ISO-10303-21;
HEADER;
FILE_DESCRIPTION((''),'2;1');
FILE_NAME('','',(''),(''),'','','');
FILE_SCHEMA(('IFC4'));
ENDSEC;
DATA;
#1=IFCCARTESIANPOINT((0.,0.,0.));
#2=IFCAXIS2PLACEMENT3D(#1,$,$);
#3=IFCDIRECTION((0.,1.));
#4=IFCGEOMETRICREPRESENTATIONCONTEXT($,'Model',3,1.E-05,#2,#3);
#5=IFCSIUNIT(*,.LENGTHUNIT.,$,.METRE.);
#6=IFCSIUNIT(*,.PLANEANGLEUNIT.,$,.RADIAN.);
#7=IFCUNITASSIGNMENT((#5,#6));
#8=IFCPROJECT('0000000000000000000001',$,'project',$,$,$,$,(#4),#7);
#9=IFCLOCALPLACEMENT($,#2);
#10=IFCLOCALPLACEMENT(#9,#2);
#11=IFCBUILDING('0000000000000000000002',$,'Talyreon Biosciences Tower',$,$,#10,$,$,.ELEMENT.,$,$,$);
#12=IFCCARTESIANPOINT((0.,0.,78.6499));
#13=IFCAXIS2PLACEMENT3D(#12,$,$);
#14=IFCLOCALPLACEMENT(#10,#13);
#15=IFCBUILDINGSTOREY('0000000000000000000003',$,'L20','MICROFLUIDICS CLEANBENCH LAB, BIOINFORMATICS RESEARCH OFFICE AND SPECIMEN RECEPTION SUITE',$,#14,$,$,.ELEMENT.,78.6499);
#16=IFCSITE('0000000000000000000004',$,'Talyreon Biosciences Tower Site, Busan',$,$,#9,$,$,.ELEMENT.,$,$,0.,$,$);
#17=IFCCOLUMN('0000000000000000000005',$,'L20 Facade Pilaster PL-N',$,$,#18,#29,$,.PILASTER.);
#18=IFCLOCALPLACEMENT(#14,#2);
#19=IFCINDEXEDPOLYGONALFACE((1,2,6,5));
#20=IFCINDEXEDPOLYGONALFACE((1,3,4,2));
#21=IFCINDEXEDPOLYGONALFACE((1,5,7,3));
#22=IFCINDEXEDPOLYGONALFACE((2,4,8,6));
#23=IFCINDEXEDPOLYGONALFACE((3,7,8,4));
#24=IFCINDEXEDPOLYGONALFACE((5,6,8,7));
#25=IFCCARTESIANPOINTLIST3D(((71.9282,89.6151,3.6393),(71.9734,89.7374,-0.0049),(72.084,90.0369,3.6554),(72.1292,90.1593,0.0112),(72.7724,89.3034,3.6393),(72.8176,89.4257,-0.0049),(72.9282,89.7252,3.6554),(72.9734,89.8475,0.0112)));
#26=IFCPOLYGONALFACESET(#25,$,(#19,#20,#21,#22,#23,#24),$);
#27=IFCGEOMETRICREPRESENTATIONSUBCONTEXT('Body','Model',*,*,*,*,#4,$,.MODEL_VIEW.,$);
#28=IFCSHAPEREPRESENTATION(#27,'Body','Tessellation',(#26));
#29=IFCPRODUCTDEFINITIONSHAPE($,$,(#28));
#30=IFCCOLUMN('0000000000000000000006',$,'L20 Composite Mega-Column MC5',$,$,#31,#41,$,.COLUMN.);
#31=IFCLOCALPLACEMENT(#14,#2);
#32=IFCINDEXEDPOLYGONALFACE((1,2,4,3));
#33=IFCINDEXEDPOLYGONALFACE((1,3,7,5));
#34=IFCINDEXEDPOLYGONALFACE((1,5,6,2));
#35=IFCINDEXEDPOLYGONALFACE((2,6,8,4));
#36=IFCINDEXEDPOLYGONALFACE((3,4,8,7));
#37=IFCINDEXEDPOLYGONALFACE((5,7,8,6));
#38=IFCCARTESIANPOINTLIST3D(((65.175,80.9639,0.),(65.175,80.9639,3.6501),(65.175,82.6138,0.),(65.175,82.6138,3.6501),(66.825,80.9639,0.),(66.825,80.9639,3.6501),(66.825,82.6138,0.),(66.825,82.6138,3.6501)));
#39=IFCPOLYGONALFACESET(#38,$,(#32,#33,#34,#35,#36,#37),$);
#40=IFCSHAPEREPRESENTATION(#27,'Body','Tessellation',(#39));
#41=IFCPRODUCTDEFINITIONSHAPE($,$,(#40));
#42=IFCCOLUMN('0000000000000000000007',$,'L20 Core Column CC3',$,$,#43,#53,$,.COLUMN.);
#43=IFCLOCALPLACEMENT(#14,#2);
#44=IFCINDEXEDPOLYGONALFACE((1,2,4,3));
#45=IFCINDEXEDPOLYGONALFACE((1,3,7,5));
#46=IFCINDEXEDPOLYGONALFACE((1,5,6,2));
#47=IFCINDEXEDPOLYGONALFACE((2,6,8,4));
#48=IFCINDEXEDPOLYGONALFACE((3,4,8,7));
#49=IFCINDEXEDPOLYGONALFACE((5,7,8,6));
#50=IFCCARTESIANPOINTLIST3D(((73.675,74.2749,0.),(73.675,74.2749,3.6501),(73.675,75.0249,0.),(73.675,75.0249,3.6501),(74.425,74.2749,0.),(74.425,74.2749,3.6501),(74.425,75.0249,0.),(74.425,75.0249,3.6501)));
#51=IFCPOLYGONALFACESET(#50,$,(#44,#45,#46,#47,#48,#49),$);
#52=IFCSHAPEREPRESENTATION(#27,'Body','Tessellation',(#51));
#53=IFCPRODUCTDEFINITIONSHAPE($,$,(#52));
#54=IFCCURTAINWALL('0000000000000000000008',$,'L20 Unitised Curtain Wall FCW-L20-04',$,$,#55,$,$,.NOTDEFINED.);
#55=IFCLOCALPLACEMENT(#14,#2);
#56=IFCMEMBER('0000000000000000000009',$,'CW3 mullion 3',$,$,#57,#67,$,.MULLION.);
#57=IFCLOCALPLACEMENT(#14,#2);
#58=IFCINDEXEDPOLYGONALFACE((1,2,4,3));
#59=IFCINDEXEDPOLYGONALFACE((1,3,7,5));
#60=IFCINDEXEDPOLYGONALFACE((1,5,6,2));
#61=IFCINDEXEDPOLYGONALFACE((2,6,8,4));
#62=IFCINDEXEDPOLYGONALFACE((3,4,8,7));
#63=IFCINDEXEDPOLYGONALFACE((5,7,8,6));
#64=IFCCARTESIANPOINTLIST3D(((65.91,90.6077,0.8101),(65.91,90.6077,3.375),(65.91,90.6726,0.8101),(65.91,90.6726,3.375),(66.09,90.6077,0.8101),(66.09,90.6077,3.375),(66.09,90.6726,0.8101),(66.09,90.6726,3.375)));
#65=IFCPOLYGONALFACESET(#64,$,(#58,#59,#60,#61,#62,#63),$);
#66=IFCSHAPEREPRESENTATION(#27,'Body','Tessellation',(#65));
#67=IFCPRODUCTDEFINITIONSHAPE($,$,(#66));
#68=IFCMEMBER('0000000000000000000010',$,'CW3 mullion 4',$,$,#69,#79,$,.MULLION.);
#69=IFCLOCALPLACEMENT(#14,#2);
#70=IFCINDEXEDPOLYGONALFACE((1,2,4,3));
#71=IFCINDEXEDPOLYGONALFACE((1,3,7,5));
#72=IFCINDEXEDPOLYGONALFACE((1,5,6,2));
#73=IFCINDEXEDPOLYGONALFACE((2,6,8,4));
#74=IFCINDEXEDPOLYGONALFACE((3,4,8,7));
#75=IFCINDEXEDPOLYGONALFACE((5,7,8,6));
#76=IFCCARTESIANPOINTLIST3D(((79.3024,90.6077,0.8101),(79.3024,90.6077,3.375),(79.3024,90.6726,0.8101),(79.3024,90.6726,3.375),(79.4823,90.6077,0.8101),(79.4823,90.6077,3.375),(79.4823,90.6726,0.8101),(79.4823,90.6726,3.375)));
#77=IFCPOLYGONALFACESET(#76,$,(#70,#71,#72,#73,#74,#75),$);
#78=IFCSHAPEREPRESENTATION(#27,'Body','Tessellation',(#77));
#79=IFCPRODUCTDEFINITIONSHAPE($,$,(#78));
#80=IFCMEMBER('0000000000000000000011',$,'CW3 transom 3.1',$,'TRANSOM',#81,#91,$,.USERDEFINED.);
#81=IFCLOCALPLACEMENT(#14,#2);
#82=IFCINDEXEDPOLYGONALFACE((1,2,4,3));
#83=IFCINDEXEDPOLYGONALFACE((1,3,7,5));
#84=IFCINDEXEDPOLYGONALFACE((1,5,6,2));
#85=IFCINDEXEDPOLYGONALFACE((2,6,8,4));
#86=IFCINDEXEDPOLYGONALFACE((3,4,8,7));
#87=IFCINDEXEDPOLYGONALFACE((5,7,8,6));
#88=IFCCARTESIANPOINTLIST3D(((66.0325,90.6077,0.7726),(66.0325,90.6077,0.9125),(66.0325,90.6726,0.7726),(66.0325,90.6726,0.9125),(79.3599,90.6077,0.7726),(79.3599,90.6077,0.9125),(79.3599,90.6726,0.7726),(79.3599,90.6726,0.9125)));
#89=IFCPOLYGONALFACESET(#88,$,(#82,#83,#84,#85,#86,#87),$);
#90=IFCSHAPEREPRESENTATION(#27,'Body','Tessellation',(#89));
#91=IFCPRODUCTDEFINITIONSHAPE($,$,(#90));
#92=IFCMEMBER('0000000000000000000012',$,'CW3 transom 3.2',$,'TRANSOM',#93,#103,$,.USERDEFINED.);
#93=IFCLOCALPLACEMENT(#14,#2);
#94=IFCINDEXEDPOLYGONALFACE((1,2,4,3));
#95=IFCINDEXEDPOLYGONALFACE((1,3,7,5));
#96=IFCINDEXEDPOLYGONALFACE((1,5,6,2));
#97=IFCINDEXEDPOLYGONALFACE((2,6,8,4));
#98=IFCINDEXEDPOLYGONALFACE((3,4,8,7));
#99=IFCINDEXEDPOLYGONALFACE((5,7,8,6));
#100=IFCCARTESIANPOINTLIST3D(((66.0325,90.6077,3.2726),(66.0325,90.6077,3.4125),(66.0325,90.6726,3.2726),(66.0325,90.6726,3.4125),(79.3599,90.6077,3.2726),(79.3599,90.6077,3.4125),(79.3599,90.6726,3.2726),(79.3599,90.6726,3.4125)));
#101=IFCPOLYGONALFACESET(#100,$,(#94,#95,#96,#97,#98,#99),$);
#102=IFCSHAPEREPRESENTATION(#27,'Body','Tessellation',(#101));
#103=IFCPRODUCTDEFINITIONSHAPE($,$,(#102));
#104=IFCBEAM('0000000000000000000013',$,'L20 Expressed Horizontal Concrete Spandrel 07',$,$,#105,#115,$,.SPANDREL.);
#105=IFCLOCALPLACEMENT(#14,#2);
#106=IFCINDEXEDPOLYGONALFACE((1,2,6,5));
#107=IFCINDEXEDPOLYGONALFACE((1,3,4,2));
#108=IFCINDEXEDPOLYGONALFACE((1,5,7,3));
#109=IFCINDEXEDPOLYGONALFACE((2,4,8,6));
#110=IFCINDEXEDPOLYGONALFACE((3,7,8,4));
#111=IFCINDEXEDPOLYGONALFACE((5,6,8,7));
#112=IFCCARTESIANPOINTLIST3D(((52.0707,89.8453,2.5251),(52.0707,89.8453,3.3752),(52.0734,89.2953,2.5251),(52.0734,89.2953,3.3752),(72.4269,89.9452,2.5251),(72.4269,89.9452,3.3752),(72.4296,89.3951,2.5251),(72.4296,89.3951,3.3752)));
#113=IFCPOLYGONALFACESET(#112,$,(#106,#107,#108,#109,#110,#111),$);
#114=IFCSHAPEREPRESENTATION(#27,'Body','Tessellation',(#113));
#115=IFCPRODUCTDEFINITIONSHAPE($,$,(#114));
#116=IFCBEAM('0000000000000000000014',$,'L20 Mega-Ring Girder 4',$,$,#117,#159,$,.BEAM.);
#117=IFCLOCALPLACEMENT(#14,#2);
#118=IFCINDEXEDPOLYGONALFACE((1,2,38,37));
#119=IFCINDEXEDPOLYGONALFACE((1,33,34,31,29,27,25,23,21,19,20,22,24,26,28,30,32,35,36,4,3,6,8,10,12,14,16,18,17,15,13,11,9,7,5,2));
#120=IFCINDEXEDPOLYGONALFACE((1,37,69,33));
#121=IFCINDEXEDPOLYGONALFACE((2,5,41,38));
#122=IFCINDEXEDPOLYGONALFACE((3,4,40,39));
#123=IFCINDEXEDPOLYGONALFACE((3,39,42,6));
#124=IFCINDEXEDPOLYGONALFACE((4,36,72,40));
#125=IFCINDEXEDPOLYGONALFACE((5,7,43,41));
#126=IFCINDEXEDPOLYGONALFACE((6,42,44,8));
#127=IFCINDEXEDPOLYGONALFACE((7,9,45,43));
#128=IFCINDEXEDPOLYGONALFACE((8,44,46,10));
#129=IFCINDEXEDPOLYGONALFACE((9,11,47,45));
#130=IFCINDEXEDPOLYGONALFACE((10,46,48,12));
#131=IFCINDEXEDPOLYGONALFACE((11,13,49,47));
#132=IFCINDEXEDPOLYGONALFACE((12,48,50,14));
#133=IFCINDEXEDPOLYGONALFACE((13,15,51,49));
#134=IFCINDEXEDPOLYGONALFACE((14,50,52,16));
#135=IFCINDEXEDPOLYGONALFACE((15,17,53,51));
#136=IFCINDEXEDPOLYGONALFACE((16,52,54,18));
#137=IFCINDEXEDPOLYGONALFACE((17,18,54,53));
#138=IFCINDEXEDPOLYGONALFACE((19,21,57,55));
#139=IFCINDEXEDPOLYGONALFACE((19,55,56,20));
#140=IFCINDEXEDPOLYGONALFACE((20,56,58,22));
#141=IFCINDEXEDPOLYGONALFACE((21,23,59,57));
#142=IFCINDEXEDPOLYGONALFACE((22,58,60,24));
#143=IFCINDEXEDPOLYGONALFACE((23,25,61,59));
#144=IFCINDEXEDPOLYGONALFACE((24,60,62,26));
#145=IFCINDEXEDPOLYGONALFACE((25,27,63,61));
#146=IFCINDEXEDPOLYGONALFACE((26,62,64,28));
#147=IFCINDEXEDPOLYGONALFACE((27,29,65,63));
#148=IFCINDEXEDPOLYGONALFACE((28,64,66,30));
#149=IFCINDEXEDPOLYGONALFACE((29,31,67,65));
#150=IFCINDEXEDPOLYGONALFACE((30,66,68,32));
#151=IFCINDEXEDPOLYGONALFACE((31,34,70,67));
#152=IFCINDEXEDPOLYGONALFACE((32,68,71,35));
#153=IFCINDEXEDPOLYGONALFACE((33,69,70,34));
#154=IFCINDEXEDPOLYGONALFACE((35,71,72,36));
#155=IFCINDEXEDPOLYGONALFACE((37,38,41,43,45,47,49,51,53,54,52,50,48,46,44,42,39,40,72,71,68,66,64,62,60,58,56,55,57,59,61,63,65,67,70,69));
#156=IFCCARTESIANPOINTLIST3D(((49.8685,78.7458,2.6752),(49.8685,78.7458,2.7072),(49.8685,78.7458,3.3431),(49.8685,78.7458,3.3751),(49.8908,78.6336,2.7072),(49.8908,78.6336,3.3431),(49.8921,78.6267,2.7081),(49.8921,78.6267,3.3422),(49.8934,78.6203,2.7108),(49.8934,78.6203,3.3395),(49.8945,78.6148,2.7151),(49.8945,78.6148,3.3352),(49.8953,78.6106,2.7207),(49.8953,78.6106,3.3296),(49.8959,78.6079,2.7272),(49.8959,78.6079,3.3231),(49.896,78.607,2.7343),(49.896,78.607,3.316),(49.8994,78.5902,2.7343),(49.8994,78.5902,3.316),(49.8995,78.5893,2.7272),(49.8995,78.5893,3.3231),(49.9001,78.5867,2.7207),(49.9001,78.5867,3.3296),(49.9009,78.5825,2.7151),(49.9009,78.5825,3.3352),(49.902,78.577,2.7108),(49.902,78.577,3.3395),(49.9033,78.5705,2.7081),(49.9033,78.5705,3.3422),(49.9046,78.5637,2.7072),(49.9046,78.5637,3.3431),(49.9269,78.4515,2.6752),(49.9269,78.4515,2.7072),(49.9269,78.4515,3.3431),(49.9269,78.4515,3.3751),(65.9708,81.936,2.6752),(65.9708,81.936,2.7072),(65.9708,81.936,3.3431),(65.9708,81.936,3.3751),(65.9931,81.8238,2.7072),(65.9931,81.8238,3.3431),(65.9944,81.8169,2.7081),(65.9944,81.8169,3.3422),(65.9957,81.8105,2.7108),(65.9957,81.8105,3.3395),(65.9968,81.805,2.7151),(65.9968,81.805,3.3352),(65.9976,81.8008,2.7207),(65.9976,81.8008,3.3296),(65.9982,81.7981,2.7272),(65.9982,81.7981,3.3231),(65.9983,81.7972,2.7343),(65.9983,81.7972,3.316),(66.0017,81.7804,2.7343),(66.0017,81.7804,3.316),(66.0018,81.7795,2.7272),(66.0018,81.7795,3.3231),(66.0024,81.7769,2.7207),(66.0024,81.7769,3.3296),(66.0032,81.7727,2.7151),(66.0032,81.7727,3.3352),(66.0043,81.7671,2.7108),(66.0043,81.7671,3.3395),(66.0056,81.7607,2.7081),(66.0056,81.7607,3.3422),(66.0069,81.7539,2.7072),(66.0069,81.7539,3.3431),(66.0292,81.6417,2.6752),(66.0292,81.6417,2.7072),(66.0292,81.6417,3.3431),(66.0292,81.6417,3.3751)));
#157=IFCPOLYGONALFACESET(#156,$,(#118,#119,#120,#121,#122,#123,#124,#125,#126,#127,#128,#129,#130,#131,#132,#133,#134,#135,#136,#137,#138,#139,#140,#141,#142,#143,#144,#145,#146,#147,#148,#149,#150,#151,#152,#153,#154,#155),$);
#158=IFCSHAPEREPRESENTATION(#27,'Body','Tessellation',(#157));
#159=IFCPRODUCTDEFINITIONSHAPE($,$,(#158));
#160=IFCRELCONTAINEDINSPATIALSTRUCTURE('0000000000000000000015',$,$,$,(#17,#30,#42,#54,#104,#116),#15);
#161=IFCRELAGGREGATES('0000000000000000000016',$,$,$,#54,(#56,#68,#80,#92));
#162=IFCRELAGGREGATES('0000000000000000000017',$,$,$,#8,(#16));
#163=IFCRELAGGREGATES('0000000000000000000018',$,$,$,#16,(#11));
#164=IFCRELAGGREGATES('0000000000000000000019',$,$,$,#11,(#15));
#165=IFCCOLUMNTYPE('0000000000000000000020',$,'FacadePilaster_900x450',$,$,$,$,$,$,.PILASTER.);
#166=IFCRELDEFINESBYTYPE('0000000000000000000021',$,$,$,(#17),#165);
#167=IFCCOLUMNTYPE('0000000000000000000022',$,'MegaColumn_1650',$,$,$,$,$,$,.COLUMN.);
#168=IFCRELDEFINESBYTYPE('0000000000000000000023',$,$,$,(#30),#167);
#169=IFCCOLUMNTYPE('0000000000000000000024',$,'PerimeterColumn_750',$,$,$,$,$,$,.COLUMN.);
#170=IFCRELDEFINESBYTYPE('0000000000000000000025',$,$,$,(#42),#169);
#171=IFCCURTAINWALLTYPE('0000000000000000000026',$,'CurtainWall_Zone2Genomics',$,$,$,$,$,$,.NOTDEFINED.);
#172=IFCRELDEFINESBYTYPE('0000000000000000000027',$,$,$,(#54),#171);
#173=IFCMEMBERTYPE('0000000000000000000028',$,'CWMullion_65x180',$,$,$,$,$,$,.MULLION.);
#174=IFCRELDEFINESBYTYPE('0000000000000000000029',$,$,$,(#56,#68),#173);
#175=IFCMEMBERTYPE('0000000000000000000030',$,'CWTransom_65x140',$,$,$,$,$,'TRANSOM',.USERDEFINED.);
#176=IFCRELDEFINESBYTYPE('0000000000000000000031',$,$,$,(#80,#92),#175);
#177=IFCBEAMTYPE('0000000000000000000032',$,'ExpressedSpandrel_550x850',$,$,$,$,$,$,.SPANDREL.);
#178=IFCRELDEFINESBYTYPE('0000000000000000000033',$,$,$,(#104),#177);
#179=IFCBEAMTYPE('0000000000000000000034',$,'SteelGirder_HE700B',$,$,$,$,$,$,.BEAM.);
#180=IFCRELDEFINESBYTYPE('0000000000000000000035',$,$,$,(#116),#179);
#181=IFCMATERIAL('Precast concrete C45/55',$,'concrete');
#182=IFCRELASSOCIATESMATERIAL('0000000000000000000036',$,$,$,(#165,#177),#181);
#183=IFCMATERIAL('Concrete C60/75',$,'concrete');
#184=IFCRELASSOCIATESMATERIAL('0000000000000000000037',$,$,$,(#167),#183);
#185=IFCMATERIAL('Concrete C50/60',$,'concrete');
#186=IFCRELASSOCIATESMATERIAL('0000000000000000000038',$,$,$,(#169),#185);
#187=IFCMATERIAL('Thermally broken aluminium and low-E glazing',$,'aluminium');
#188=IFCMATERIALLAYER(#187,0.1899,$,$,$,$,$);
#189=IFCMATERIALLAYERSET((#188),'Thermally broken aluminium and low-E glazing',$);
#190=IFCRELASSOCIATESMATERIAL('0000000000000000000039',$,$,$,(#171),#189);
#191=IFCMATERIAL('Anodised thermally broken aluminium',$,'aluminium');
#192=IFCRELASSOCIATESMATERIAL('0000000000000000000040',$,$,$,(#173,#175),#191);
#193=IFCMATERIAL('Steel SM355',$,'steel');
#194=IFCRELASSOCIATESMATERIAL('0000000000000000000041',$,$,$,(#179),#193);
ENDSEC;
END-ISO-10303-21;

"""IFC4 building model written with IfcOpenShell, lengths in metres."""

from ifc_helpers import new_model, si_unit, direction, frame, origin, origin_2d, place, context, subcontext, project, spatial, rectangle, i_section, extrude, material, layer, layer_set, material_profile, profile_set, type_object, element, aggregate, save


model = new_model("IFC4")

# Units and contexts
model_context = context("Model", 3, precision=1e-05, world=origin(), true_north=direction((0.0, 1.0)))
body_context = subcontext(model_context, "Body", "Model", "MODEL_VIEW")
ifc_project = project(units=[si_unit("LENGTHUNIT", "METRE"), si_unit("PLANEANGLEUNIT", "RADIAN")], contexts=[model_context])

# Site, building, storey
site_placement = place(None, origin())
site = spatial("IfcSite", under=ifc_project, at=site_placement, Name="Talyreon Biosciences Tower Site, Busan", CompositionType="ELEMENT", RefElevation=0.0)
building_placement = place(site_placement, origin())
building = spatial("IfcBuilding", under=site, at=building_placement, Name="Talyreon Biosciences Tower", CompositionType="ELEMENT")
storey_placement = place(building_placement, frame((0.0, 0.0, 78.6499)))
storey = spatial("IfcBuildingStorey", under=building, at=storey_placement, Name="L20", Description="MICROFLUIDICS CLEANBENCH LAB, BIOINFORMATICS RESEARCH OFFICE AND SPECIMEN RECEPTION SUITE", CompositionType="ELEMENT", Elevation=78.6499)

# Columns
ifc_material_1 = material(Name="Precast concrete C45/55", Category="concrete")
ifc_material_profile_1 = material_profile(ifc_material_1, rectangle(XDim=0.8999, YDim=0.45, at=origin_2d()), Name="RC 900x450")
ifc_profile_set_1 = profile_set([ifc_material_profile_1], Name="Precast concrete C45/55")
column_type_1 = type_object("IfcColumnType", Name="FacadePilaster_900x450", PredefinedType="PILASTER", material=ifc_profile_set_1)
column_1_placement = place(storey_placement, frame((72.4734, 89.7925, 0.0032), z_axis=(-0.012387, -0.033544, 0.99936), x_axis=(-0.938087, 0.346399, 0.0)))
element("IfcColumn", 1, at=column_1_placement, inside=storey, type_object=column_type_1, Name="L20 Facade Pilaster PL-N", PredefinedType="PILASTER", context=body_context, shape_type="SweptSolid", body=[
    extrude(rectangle(XDim=0.8999, YDim=0.45, at=origin_2d()), origin(), (0.0, 0.0, 1.0), 3.6465),
])
ifc_material_2 = material(Name="Concrete C60/75", Category="concrete")
ifc_material_profile_2 = material_profile(ifc_material_2, rectangle(XDim=1.6499, YDim=1.6499, at=origin_2d()), Name="RC 1650x1650")
ifc_profile_set_2 = profile_set([ifc_material_profile_2], Name="Concrete C60/75")
column_type_2 = type_object("IfcColumnType", Name="MegaColumn_1650", PredefinedType="COLUMN", material=ifc_profile_set_2)
column_2_placement = place(storey_placement, frame((66.0, 81.7888, 0.0), z_axis=(0.0, 0.0, 1.0), x_axis=(1.0, 0.0, 0.0)))
element("IfcColumn", 2, at=column_2_placement, inside=storey, type_object=column_type_2, Name="L20 Composite Mega-Column MC5", PredefinedType="COLUMN", context=body_context, shape_type="SweptSolid", body=[
    extrude(rectangle(XDim=1.6499, YDim=1.6499, at=origin_2d()), origin(), (0.0, 0.0, 1.0), 3.6501),
])
ifc_material_3 = material(Name="Concrete C50/60", Category="concrete")
ifc_material_profile_3 = material_profile(ifc_material_3, rectangle(XDim=0.75, YDim=0.75, at=origin_2d()), Name="RC 750x750")
ifc_profile_set_3 = profile_set([ifc_material_profile_3], Name="Concrete C50/60")
column_type_3 = type_object("IfcColumnType", Name="PerimeterColumn_750", PredefinedType="COLUMN", material=ifc_profile_set_3)
column_3_placement = place(storey_placement, frame((74.05, 74.6499, 0.0), z_axis=(0.0, 0.0, 1.0), x_axis=(1.0, 0.0, 0.0)))
element("IfcColumn", 3, at=column_3_placement, inside=storey, type_object=column_type_3, Name="L20 Core Column CC3", PredefinedType="COLUMN", context=body_context, shape_type="SweptSolid", body=[
    extrude(rectangle(XDim=0.75, YDim=0.75, at=origin_2d()), origin(), (0.0, 0.0, 1.0), 3.6501),
])

# Curtain wall, members
ifc_material_4 = material(Name="Thermally broken aluminium and low-E glazing", Category="aluminium")
ifc_layer_1 = layer(ifc_material_4, 0.1899)
ifc_layer_set_1 = layer_set([ifc_layer_1], Name="Thermally broken aluminium and low-E glazing")
curtain_wall_type = type_object("IfcCurtainWallType", Name="CurtainWall_Zone2Genomics", PredefinedType="NOTDEFINED", material=ifc_layer_set_1)
curtain_wall_placement = place(storey_placement, origin())
curtain_wall = element("IfcCurtainWall", 4, at=curtain_wall_placement, inside=storey, type_object=curtain_wall_type, Name="L20 Unitised Curtain Wall FCW-L20-04", PredefinedType="NOTDEFINED")
ifc_material_5 = material(Name="Anodised thermally broken aluminium", Category="aluminium")
ifc_material_profile_4 = material_profile(ifc_material_5, rectangle(XDim=0.0649, YDim=0.1799, at=origin_2d()), Name="ALUM MULLION 65x180")
ifc_profile_set_4 = profile_set([ifc_material_profile_4], Name="Anodised thermally broken aluminium")
member_type_1 = type_object("IfcMemberType", Name="CWMullion_65x180", PredefinedType="MULLION", material=ifc_profile_set_4)
member_1_placement = place(storey_placement, frame((66.0, 90.6401, 0.8101), z_axis=(0.0, 0.0, 1.0), x_axis=(0.0, 1.0, 0.0)))
member_1 = element("IfcMember", 5, at=member_1_placement, type_object=member_type_1, Name="CW3 mullion 3", PredefinedType="MULLION", context=body_context, shape_type="SweptSolid", body=[
    extrude(rectangle(XDim=0.0649, YDim=0.1799, at=origin_2d()), origin(), (0.0, 0.0, 1.0), 2.5649),
])
member_2_placement = place(storey_placement, frame((79.3923, 90.6401, 0.8101), z_axis=(0.0, 0.0, 1.0), x_axis=(0.0, 1.0, 0.0)))
member_2 = element("IfcMember", 6, at=member_2_placement, type_object=member_type_1, Name="CW3 mullion 4", PredefinedType="MULLION", context=body_context, shape_type="SweptSolid", body=[
    extrude(rectangle(XDim=0.0649, YDim=0.1799, at=origin_2d()), origin(), (0.0, 0.0, 1.0), 2.5649),
])
ifc_material_profile_5 = material_profile(ifc_material_5, rectangle(XDim=0.0649, YDim=0.1399, at=origin_2d()), Name="ALUM TRANSOM 65x140")
ifc_profile_set_5 = profile_set([ifc_material_profile_5], Name="Anodised thermally broken aluminium")
member_type_2 = type_object("IfcMemberType", Name="CWTransom_65x140", ElementType="TRANSOM", PredefinedType="USERDEFINED", material=ifc_profile_set_5)
member_3_placement = place(storey_placement, frame((66.0325, 90.6401, 0.8425), z_axis=(1.0, 0.0, 0.0), x_axis=(0.0, 1.0, 0.0)))
member_3 = element("IfcMember", 7, at=member_3_placement, type_object=member_type_2, Name="CW3 transom 3.1", ObjectType="TRANSOM", PredefinedType="USERDEFINED", context=body_context, shape_type="SweptSolid", body=[
    extrude(rectangle(XDim=0.0649, YDim=0.1399, at=origin_2d()), origin(), (0.0, 0.0, 1.0), 13.3274),
])
member_4_placement = place(storey_placement, frame((66.0325, 90.6401, 3.3425), z_axis=(1.0, 0.0, 0.0), x_axis=(0.0, 1.0, 0.0)))
member_4 = element("IfcMember", 8, at=member_4_placement, type_object=member_type_2, Name="CW3 transom 3.2", ObjectType="TRANSOM", PredefinedType="USERDEFINED", context=body_context, shape_type="SweptSolid", body=[
    extrude(rectangle(XDim=0.0649, YDim=0.1399, at=origin_2d()), origin(), (0.0, 0.0, 1.0), 13.3274),
])

# Beams
ifc_material_profile_6 = material_profile(ifc_material_1, rectangle(XDim=0.55, YDim=0.8501, at=origin_2d()), Name="RCB 550x850")
ifc_profile_set_6 = profile_set([ifc_material_profile_6], Name="Precast concrete C45/55")
beam_type_1 = type_object("IfcBeamType", Name="ExpressedSpandrel_550x850", PredefinedType="SPANDREL", material=ifc_profile_set_6)
beam_1_placement = place(storey_placement, frame((72.4282, 89.6702, 2.9502), z_axis=(-0.999988, -0.004905, 0.0), x_axis=(0.004905, -0.999988, 0.0)))
element("IfcBeam", 9, at=beam_1_placement, inside=storey, type_object=beam_type_1, Name="L20 Expressed Horizontal Concrete Spandrel 07", PredefinedType="SPANDREL", context=body_context, shape_type="SweptSolid", body=[
    extrude(rectangle(XDim=0.55, YDim=0.8501, at=origin_2d()), origin(), (0.0, 0.0, 1.0), 20.3564),
])
ifc_material_6 = material(Name="Steel SM355", Category="steel")
ifc_material_profile_7 = material_profile(ifc_material_6, i_section(OverallWidth=0.3, OverallDepth=0.7, WebThickness=0.0171, FlangeThickness=0.032, FilletRadius=0.0271, at=origin_2d()), Name="HE700B")
ifc_profile_set_7 = profile_set([ifc_material_profile_7], Name="Steel SM355")
beam_type_2 = type_object("IfcBeamType", Name="SteelGirder_HE700B", PredefinedType="BEAM", material=ifc_profile_set_7)
beam_2_placement = place(storey_placement, frame((66.0, 81.7888, 3.0251), z_axis=(-0.980934, -0.194343, 0.0), x_axis=(0.194343, -0.980934, 0.0)))
element("IfcBeam", 10, at=beam_2_placement, inside=storey, type_object=beam_type_2, Name="L20 Mega-Ring Girder 4", PredefinedType="BEAM", context=body_context, shape_type="SweptSolid", body=[
    extrude(i_section(OverallWidth=0.3, OverallDepth=0.7, WebThickness=0.0171, FlangeThickness=0.032, FilletRadius=0.0271, at=origin_2d()), origin(), (0.0, 0.0, 1.0), 16.4153),
])

aggregate(curtain_wall, [member_1, member_2, member_3, member_4])

save(model, "model.ifc")
